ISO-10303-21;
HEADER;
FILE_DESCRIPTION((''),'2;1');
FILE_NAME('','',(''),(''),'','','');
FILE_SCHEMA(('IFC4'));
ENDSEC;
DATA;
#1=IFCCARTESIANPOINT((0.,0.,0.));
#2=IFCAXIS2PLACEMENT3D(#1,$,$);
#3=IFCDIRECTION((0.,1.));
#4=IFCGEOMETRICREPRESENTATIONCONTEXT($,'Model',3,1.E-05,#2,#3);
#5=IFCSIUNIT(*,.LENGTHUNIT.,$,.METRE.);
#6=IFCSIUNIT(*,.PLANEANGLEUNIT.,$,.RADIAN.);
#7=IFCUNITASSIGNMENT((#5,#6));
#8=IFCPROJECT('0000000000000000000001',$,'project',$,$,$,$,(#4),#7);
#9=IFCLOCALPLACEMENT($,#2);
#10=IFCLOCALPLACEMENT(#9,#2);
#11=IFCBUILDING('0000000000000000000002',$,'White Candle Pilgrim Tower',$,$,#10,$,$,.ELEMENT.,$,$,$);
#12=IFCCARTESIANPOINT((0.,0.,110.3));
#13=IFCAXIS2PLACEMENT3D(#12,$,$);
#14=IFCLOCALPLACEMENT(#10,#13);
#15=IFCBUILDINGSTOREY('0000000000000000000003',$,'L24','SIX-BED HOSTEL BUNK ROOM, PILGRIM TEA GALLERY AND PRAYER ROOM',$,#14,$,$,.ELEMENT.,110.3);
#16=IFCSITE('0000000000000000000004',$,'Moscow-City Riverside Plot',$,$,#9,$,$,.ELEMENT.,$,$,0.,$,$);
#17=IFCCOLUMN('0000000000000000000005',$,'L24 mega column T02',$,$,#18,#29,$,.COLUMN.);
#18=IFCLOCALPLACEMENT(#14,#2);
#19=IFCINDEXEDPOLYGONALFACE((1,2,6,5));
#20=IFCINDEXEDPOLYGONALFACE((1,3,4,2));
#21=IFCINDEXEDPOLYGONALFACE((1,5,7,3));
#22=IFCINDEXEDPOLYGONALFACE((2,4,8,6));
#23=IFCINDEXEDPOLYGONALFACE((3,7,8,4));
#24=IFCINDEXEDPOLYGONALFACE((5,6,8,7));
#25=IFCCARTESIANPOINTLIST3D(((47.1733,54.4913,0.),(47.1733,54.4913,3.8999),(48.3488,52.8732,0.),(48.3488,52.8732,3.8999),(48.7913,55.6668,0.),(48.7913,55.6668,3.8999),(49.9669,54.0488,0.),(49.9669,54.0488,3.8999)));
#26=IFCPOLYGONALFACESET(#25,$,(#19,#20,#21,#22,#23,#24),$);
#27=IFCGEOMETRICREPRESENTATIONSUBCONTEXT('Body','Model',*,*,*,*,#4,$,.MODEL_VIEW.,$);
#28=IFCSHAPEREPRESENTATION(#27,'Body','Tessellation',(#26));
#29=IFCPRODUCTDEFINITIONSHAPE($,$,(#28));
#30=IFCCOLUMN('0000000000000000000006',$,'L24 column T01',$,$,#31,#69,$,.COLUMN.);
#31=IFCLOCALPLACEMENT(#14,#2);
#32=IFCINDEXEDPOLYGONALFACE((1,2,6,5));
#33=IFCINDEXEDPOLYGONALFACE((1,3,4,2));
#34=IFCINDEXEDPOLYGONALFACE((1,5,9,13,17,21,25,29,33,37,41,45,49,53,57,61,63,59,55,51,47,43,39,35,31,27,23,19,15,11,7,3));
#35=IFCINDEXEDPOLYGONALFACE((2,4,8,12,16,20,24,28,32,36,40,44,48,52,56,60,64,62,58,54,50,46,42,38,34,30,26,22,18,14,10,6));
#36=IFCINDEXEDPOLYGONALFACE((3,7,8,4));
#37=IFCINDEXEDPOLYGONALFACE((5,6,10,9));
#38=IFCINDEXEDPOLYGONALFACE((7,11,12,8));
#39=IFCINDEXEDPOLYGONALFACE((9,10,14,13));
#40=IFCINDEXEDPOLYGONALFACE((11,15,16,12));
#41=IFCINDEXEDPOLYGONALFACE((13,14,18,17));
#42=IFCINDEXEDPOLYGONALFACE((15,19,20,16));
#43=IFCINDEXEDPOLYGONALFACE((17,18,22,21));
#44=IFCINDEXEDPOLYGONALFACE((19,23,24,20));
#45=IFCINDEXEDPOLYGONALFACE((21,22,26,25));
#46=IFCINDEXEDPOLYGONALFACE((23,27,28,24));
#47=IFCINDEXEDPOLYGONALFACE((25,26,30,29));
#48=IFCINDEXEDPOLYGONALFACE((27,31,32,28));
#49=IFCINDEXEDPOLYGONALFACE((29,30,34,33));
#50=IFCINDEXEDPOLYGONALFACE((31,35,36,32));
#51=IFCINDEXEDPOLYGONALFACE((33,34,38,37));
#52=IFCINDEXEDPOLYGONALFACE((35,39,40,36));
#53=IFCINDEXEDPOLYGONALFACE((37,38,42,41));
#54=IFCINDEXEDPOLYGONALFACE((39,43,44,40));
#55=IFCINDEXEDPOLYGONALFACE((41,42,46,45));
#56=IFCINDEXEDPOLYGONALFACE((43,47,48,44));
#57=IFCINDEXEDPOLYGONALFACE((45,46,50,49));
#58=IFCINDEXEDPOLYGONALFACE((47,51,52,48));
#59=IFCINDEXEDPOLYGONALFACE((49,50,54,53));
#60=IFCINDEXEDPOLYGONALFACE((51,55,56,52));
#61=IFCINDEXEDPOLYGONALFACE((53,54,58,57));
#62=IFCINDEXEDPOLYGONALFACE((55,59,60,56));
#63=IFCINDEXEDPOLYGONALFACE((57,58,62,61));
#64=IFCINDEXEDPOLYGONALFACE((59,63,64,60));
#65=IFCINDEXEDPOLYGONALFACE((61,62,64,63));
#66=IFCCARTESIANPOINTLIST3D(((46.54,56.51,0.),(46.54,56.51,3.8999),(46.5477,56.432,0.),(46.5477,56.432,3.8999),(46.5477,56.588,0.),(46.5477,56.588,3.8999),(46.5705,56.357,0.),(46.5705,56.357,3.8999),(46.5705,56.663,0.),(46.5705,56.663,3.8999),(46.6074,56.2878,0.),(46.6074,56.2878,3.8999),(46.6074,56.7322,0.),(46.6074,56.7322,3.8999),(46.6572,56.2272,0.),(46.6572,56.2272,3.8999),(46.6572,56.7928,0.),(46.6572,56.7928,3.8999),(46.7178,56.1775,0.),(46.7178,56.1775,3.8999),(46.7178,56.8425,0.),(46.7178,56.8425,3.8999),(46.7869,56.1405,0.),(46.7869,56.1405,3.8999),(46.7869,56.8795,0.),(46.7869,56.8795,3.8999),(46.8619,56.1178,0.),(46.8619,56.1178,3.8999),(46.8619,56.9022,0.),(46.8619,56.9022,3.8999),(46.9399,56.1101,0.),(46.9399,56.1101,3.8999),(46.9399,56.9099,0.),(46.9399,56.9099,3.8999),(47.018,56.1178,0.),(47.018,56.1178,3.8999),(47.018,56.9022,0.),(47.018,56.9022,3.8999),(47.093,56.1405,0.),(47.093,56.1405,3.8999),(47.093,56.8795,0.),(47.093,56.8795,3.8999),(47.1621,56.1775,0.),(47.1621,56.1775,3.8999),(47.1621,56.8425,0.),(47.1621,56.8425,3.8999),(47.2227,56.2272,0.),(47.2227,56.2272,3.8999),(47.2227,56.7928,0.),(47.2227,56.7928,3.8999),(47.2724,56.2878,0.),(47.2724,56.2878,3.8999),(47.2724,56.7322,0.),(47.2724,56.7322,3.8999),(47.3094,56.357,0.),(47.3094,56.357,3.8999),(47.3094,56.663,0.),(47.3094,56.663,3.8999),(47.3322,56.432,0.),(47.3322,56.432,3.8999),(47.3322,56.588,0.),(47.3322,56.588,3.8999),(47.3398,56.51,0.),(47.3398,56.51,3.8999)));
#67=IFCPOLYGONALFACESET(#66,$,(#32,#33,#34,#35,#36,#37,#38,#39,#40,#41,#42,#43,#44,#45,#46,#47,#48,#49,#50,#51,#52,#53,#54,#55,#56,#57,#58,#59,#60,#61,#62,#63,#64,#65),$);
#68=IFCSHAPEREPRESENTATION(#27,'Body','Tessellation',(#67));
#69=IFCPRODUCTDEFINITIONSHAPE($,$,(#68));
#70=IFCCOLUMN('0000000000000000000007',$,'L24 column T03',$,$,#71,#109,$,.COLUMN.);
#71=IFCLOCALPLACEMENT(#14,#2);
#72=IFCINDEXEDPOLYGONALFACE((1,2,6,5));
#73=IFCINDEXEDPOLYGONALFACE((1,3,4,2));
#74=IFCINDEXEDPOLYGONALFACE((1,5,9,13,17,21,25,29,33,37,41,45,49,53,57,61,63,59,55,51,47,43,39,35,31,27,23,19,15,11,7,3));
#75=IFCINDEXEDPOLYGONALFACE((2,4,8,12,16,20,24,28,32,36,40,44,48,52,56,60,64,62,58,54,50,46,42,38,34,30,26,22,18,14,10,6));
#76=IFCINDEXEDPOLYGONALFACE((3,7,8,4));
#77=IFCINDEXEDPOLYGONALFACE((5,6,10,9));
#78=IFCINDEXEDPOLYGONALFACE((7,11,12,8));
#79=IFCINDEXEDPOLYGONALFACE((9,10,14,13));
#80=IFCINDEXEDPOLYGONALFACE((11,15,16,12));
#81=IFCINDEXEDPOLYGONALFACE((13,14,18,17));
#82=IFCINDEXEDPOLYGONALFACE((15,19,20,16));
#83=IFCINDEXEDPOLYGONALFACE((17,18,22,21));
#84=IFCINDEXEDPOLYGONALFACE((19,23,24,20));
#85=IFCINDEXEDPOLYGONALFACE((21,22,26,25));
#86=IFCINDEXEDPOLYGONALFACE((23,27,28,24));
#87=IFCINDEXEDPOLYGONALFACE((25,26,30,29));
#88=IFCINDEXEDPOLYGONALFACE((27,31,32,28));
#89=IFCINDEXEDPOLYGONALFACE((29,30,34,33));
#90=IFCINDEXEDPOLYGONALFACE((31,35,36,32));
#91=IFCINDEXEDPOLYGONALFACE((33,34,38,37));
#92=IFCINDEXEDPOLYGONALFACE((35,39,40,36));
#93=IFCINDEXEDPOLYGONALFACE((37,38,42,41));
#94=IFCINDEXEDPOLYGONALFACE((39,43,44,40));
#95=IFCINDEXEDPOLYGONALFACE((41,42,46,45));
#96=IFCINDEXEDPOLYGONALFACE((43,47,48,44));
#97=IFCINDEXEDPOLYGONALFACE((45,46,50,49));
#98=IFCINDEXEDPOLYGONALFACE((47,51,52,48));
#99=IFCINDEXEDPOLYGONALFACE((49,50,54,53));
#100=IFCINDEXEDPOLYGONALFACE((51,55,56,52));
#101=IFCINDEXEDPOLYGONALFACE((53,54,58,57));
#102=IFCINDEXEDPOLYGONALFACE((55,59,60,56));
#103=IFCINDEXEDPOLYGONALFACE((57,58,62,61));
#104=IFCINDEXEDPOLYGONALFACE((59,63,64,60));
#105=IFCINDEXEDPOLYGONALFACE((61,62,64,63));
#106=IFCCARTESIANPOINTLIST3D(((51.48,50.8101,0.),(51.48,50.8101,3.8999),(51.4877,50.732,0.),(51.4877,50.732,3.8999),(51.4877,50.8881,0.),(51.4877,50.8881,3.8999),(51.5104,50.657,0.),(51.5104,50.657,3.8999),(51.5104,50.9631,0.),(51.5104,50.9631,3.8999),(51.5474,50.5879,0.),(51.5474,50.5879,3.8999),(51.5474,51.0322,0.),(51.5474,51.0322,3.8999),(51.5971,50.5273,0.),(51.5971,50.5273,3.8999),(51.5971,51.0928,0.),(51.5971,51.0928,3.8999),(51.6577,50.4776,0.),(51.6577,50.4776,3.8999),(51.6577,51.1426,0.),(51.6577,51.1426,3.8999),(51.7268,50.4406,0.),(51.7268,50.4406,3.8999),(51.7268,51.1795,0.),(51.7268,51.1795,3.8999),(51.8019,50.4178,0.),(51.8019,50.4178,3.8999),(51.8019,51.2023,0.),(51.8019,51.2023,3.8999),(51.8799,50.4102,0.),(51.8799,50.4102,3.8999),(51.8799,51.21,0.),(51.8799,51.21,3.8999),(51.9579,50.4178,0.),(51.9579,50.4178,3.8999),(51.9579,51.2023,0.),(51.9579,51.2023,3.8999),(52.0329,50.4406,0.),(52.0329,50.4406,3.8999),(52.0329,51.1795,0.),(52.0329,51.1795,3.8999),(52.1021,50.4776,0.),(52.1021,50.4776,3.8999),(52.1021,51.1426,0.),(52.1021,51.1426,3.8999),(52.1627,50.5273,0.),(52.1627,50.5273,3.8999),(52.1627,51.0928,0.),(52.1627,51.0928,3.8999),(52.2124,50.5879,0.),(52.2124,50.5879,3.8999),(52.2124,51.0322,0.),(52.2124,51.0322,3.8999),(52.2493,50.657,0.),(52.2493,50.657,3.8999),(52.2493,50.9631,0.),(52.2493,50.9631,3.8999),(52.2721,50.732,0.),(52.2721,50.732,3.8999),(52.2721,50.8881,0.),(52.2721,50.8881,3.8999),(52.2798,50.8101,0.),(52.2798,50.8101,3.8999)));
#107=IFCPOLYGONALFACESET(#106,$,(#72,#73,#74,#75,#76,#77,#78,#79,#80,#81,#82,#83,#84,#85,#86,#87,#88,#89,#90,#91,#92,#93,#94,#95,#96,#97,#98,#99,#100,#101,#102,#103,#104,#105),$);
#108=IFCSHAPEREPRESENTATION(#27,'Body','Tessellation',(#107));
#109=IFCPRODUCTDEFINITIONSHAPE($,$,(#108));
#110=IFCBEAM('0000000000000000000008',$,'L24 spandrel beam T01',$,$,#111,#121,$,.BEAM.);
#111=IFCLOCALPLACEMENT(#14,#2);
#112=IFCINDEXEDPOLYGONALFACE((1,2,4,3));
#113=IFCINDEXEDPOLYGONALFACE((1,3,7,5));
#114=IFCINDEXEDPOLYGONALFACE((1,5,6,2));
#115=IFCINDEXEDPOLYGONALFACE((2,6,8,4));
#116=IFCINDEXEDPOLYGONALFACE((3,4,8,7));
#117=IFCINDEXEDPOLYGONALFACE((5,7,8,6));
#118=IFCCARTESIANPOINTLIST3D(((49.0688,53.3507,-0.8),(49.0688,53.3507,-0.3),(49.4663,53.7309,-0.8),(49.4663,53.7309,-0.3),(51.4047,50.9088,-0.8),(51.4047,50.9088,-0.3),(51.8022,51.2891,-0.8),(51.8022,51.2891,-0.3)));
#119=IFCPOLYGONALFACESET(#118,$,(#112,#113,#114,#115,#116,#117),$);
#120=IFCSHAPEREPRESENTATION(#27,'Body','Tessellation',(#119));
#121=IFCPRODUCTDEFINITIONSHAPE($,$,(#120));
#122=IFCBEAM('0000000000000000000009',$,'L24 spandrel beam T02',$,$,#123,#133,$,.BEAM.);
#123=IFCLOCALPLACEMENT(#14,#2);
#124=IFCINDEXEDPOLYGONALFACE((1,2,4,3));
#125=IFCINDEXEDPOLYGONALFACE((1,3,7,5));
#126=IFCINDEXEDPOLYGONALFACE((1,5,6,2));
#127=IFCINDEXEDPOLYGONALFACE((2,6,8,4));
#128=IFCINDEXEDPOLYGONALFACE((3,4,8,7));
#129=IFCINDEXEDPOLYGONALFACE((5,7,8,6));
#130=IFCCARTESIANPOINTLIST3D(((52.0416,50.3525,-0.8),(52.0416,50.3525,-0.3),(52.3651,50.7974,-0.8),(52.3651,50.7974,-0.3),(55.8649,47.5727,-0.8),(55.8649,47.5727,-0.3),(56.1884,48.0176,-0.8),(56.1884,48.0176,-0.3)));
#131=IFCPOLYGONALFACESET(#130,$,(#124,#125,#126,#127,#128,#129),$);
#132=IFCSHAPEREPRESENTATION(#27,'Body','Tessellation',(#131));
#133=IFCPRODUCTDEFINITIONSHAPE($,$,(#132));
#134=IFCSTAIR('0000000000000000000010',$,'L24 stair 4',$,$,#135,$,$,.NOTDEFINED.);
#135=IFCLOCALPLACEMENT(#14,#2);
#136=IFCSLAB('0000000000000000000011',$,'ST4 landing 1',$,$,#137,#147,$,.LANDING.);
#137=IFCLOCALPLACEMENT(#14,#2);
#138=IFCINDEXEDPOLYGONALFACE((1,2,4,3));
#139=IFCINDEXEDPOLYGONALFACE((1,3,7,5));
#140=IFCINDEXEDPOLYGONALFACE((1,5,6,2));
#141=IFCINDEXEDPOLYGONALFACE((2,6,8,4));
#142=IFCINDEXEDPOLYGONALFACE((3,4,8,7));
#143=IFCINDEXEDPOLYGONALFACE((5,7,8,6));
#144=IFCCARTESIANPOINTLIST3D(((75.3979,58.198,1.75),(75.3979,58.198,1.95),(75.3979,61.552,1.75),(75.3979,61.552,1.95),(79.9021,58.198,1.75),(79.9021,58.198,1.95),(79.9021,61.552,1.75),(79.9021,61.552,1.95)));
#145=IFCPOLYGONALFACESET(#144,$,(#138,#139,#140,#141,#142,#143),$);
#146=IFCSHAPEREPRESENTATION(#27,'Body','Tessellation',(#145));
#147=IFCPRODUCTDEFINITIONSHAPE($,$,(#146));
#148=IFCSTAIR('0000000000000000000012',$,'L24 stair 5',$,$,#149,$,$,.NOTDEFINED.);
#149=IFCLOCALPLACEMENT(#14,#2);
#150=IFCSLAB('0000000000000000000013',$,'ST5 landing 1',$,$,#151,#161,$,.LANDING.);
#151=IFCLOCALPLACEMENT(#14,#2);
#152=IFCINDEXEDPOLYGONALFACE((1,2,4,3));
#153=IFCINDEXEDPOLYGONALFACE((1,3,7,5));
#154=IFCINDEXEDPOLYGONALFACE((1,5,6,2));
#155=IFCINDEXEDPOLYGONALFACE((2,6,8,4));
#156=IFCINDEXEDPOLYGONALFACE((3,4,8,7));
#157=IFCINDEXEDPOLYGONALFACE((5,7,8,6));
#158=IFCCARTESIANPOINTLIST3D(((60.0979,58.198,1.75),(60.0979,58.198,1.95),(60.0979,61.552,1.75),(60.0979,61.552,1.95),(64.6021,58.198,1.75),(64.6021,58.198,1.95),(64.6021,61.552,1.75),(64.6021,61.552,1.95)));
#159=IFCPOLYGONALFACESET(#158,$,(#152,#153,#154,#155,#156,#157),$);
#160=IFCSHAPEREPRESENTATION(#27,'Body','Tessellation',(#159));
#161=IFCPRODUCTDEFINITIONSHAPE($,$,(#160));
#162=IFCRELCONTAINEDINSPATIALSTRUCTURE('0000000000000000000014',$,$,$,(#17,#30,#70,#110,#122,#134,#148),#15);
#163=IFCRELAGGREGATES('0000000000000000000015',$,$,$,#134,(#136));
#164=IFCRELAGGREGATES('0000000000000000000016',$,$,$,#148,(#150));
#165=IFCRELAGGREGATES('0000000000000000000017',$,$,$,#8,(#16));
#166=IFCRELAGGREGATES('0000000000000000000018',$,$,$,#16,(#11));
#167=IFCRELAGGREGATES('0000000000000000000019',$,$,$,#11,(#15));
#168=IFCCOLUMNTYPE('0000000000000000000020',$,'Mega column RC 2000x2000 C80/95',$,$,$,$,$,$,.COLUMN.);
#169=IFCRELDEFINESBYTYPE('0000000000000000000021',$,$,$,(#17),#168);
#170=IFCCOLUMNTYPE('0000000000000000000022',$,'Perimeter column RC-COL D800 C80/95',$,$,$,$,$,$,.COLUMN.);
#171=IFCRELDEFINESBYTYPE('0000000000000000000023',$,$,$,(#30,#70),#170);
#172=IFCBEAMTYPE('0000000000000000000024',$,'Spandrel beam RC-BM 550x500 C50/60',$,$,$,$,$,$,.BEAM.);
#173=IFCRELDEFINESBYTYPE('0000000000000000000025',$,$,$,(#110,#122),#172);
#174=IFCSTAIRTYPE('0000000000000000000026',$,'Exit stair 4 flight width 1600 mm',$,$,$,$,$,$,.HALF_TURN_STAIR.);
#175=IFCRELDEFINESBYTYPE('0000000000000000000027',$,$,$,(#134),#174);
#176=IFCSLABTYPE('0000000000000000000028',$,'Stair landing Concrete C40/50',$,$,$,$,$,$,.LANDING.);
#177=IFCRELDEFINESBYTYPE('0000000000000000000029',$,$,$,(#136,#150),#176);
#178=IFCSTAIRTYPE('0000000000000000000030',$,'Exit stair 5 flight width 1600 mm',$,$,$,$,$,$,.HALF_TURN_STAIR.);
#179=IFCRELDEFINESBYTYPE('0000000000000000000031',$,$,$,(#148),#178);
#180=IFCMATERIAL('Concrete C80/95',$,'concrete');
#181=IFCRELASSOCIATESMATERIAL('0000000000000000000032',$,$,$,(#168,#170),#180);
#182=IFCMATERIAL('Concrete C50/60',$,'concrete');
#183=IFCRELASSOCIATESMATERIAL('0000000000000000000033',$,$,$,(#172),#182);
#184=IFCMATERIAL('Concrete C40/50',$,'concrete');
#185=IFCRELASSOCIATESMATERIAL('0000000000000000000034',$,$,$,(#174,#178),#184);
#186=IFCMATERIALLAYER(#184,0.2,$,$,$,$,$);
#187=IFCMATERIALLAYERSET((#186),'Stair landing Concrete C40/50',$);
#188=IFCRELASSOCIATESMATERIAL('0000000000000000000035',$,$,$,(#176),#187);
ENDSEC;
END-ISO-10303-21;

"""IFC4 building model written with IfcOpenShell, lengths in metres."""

from ifc_helpers import new_model, si_unit, direction, frame, origin, origin_2d, place, context, subcontext, project, spatial, polyline, rectangle, circle, outline, extrude, material, layer, layer_set, material_profile, profile_set, type_object, element, aggregate, save


model = new_model("IFC4")

# Units and contexts
model_context = context("Model", 3, precision=1e-05, world=origin(), true_north=direction((0.0, 1.0)))
body_context = subcontext(model_context, "Body", "Model", "MODEL_VIEW")
ifc_project = project(units=[si_unit("LENGTHUNIT", "METRE"), si_unit("PLANEANGLEUNIT", "RADIAN")], contexts=[model_context])

# Site, building, storey
site_placement = place(None, origin())
site = spatial("IfcSite", under=ifc_project, at=site_placement, Name="Moscow-City Riverside Plot", CompositionType="ELEMENT", RefElevation=0.0)
building_placement = place(site_placement, origin())
building = spatial("IfcBuilding", under=site, at=building_placement, Name="White Candle Pilgrim Tower", CompositionType="ELEMENT")
storey_placement = place(building_placement, frame((0.0, 0.0, 110.3)))
storey = spatial("IfcBuildingStorey", under=building, at=storey_placement, Name="L24", Description="SIX-BED HOSTEL BUNK ROOM, PILGRIM TEA GALLERY AND PRAYER ROOM", CompositionType="ELEMENT", Elevation=110.3)

# Columns
ifc_material_1 = material(Name="Concrete C80/95", Category="concrete")
ifc_material_profile_1 = material_profile(ifc_material_1, rectangle(XDim=2.0, YDim=2.0, at=origin_2d()), Name="RC 2000x2000")
ifc_profile_set_1 = profile_set([ifc_material_profile_1], Name="Concrete C80/95")
column_type_1 = type_object("IfcColumnType", Name="Mega column RC 2000x2000 C80/95", PredefinedType="COLUMN", material=ifc_profile_set_1)
column_placement = place(storey_placement, frame((48.5701, 54.27, 0.0), z_axis=(0.0, 0.0, 1.0), x_axis=(-0.809017, -0.587785, 0.0)))
element("IfcColumn", 1, at=column_placement, inside=storey, type_object=column_type_1, Name="L24 mega column T02", PredefinedType="COLUMN", context=body_context, shape_type="SweptSolid", body=[
    extrude(rectangle(XDim=2.0, YDim=2.0, at=origin_2d()), origin(), (0.0, 0.0, 1.0), 3.8999),
])
ifc_material_profile_2 = material_profile(ifc_material_1, circle(Radius=0.3999, at=origin_2d()), Name="RC-COL D800")
ifc_profile_set_2 = profile_set([ifc_material_profile_2], Name="Concrete C80/95")
column_type_2 = type_object("IfcColumnType", Name="Perimeter column RC-COL D800 C80/95", PredefinedType="COLUMN", material=ifc_profile_set_2)
for number, where, z_axis, x_axis, name in (
    (2, (46.9399, 56.51, 0.0), (0.0, 0.0, 1.0), (1.0, 0.0, 0.0), "L24 column T01"),
    (3, (51.8799, 50.8101, 0.0), (0.0, 0.0, 1.0), (1.0, 0.0, 0.0), "L24 column T03"),
):
    element("IfcColumn", number, at=place(storey_placement, frame(where, z_axis=z_axis, x_axis=x_axis)), inside=storey, type_object=column_type_2, Name=name, PredefinedType="COLUMN", context=body_context, shape_type="SweptSolid", body=[
        extrude(circle(Radius=0.3999, at=origin_2d()), origin(), (0.0, 0.0, 1.0), 3.8999),
    ])

# Beams
ifc_material_2 = material(Name="Concrete C50/60", Category="concrete")
ifc_material_profile_3 = material_profile(ifc_material_2, rectangle(XDim=0.55, YDim=0.5, at=origin_2d()), Name="RC-BM 550x500")
ifc_profile_set_3 = profile_set([ifc_material_profile_3], Name="Concrete C50/60")
beam_type = type_object("IfcBeamType", Name="Spandrel beam RC-BM 550x500 C50/60", PredefinedType="BEAM", material=ifc_profile_set_3)
beam_1_placement = place(storey_placement, frame((49.2676, 53.5408, -0.55), z_axis=(0.691255, -0.72261, 0.0), x_axis=(0.72261, 0.691255, 0.0)))
element("IfcBeam", 4, at=beam_1_placement, inside=storey, type_object=beam_type, Name="L24 spandrel beam T01", PredefinedType="BEAM", context=body_context, shape_type="SweptSolid", body=[
    extrude(rectangle(XDim=0.55, YDim=0.5, at=origin_2d()), origin(), (0.0, 0.0, 1.0), 3.3792),
])
beam_2_placement = place(storey_placement, frame((52.2034, 50.575, -0.55), z_axis=(0.808812, -0.588067, 0.0), x_axis=(0.588067, 0.808812, 0.0)))
element("IfcBeam", 5, at=beam_2_placement, inside=storey, type_object=beam_type, Name="L24 spandrel beam T02", PredefinedType="BEAM", context=body_context, shape_type="SweptSolid", body=[
    extrude(rectangle(XDim=0.55, YDim=0.5, at=origin_2d()), origin(), (0.0, 0.0, 1.0), 4.7271),
])

# Stairs, slabs
ifc_material_3 = material(Name="Concrete C40/50", Category="concrete")
stair_type_1 = type_object("IfcStairType", Name="Exit stair 4 flight width 1600 mm", PredefinedType="HALF_TURN_STAIR", material=ifc_material_3)
stair_1_placement = place(storey_placement, origin())
stair_1 = element("IfcStair", 6, at=stair_1_placement, inside=storey, type_object=stair_type_1, Name="L24 stair 4", PredefinedType="NOTDEFINED")
ifc_layer_1 = layer(ifc_material_3, 0.2)
ifc_layer_set_1 = layer_set([ifc_layer_1], Name="Stair landing Concrete C40/50")
slab_type = type_object("IfcSlabType", Name="Stair landing Concrete C40/50", PredefinedType="LANDING", material=ifc_layer_set_1)
slab_1_placement = place(storey_placement, frame((0.0, 0.0, 1.75)))
slab_1 = element("IfcSlab", 7, at=slab_1_placement, type_object=slab_type, Name="ST4 landing 1", PredefinedType="LANDING", context=body_context, shape_type="SweptSolid", body=[
    extrude(outline(polyline([(79.9021, 61.552), (79.9021, 58.198), (75.3979, 58.198), (75.3979, 61.552), (79.9021, 61.552)])), origin(), (0.0, 0.0, 1.0), 0.2),
])
aggregate(stair_1, [slab_1])
stair_type_2 = type_object("IfcStairType", Name="Exit stair 5 flight width 1600 mm", PredefinedType="HALF_TURN_STAIR", material=ifc_material_3)
stair_2_placement = place(storey_placement, origin())
stair_2 = element("IfcStair", 8, at=stair_2_placement, inside=storey, type_object=stair_type_2, Name="L24 stair 5", PredefinedType="NOTDEFINED")
slab_2_placement = place(storey_placement, frame((0.0, 0.0, 1.75)))
slab_2 = element("IfcSlab", 9, at=slab_2_placement, type_object=slab_type, Name="ST5 landing 1", PredefinedType="LANDING", context=body_context, shape_type="SweptSolid", body=[
    extrude(outline(polyline([(60.0979, 58.198), (60.0979, 61.552), (64.6021, 61.552), (64.6021, 58.198), (60.0979, 58.198)])), origin(), (0.0, 0.0, 1.0), 0.2),
])
aggregate(stair_2, [slab_2])

save(model, "model.ifc")
